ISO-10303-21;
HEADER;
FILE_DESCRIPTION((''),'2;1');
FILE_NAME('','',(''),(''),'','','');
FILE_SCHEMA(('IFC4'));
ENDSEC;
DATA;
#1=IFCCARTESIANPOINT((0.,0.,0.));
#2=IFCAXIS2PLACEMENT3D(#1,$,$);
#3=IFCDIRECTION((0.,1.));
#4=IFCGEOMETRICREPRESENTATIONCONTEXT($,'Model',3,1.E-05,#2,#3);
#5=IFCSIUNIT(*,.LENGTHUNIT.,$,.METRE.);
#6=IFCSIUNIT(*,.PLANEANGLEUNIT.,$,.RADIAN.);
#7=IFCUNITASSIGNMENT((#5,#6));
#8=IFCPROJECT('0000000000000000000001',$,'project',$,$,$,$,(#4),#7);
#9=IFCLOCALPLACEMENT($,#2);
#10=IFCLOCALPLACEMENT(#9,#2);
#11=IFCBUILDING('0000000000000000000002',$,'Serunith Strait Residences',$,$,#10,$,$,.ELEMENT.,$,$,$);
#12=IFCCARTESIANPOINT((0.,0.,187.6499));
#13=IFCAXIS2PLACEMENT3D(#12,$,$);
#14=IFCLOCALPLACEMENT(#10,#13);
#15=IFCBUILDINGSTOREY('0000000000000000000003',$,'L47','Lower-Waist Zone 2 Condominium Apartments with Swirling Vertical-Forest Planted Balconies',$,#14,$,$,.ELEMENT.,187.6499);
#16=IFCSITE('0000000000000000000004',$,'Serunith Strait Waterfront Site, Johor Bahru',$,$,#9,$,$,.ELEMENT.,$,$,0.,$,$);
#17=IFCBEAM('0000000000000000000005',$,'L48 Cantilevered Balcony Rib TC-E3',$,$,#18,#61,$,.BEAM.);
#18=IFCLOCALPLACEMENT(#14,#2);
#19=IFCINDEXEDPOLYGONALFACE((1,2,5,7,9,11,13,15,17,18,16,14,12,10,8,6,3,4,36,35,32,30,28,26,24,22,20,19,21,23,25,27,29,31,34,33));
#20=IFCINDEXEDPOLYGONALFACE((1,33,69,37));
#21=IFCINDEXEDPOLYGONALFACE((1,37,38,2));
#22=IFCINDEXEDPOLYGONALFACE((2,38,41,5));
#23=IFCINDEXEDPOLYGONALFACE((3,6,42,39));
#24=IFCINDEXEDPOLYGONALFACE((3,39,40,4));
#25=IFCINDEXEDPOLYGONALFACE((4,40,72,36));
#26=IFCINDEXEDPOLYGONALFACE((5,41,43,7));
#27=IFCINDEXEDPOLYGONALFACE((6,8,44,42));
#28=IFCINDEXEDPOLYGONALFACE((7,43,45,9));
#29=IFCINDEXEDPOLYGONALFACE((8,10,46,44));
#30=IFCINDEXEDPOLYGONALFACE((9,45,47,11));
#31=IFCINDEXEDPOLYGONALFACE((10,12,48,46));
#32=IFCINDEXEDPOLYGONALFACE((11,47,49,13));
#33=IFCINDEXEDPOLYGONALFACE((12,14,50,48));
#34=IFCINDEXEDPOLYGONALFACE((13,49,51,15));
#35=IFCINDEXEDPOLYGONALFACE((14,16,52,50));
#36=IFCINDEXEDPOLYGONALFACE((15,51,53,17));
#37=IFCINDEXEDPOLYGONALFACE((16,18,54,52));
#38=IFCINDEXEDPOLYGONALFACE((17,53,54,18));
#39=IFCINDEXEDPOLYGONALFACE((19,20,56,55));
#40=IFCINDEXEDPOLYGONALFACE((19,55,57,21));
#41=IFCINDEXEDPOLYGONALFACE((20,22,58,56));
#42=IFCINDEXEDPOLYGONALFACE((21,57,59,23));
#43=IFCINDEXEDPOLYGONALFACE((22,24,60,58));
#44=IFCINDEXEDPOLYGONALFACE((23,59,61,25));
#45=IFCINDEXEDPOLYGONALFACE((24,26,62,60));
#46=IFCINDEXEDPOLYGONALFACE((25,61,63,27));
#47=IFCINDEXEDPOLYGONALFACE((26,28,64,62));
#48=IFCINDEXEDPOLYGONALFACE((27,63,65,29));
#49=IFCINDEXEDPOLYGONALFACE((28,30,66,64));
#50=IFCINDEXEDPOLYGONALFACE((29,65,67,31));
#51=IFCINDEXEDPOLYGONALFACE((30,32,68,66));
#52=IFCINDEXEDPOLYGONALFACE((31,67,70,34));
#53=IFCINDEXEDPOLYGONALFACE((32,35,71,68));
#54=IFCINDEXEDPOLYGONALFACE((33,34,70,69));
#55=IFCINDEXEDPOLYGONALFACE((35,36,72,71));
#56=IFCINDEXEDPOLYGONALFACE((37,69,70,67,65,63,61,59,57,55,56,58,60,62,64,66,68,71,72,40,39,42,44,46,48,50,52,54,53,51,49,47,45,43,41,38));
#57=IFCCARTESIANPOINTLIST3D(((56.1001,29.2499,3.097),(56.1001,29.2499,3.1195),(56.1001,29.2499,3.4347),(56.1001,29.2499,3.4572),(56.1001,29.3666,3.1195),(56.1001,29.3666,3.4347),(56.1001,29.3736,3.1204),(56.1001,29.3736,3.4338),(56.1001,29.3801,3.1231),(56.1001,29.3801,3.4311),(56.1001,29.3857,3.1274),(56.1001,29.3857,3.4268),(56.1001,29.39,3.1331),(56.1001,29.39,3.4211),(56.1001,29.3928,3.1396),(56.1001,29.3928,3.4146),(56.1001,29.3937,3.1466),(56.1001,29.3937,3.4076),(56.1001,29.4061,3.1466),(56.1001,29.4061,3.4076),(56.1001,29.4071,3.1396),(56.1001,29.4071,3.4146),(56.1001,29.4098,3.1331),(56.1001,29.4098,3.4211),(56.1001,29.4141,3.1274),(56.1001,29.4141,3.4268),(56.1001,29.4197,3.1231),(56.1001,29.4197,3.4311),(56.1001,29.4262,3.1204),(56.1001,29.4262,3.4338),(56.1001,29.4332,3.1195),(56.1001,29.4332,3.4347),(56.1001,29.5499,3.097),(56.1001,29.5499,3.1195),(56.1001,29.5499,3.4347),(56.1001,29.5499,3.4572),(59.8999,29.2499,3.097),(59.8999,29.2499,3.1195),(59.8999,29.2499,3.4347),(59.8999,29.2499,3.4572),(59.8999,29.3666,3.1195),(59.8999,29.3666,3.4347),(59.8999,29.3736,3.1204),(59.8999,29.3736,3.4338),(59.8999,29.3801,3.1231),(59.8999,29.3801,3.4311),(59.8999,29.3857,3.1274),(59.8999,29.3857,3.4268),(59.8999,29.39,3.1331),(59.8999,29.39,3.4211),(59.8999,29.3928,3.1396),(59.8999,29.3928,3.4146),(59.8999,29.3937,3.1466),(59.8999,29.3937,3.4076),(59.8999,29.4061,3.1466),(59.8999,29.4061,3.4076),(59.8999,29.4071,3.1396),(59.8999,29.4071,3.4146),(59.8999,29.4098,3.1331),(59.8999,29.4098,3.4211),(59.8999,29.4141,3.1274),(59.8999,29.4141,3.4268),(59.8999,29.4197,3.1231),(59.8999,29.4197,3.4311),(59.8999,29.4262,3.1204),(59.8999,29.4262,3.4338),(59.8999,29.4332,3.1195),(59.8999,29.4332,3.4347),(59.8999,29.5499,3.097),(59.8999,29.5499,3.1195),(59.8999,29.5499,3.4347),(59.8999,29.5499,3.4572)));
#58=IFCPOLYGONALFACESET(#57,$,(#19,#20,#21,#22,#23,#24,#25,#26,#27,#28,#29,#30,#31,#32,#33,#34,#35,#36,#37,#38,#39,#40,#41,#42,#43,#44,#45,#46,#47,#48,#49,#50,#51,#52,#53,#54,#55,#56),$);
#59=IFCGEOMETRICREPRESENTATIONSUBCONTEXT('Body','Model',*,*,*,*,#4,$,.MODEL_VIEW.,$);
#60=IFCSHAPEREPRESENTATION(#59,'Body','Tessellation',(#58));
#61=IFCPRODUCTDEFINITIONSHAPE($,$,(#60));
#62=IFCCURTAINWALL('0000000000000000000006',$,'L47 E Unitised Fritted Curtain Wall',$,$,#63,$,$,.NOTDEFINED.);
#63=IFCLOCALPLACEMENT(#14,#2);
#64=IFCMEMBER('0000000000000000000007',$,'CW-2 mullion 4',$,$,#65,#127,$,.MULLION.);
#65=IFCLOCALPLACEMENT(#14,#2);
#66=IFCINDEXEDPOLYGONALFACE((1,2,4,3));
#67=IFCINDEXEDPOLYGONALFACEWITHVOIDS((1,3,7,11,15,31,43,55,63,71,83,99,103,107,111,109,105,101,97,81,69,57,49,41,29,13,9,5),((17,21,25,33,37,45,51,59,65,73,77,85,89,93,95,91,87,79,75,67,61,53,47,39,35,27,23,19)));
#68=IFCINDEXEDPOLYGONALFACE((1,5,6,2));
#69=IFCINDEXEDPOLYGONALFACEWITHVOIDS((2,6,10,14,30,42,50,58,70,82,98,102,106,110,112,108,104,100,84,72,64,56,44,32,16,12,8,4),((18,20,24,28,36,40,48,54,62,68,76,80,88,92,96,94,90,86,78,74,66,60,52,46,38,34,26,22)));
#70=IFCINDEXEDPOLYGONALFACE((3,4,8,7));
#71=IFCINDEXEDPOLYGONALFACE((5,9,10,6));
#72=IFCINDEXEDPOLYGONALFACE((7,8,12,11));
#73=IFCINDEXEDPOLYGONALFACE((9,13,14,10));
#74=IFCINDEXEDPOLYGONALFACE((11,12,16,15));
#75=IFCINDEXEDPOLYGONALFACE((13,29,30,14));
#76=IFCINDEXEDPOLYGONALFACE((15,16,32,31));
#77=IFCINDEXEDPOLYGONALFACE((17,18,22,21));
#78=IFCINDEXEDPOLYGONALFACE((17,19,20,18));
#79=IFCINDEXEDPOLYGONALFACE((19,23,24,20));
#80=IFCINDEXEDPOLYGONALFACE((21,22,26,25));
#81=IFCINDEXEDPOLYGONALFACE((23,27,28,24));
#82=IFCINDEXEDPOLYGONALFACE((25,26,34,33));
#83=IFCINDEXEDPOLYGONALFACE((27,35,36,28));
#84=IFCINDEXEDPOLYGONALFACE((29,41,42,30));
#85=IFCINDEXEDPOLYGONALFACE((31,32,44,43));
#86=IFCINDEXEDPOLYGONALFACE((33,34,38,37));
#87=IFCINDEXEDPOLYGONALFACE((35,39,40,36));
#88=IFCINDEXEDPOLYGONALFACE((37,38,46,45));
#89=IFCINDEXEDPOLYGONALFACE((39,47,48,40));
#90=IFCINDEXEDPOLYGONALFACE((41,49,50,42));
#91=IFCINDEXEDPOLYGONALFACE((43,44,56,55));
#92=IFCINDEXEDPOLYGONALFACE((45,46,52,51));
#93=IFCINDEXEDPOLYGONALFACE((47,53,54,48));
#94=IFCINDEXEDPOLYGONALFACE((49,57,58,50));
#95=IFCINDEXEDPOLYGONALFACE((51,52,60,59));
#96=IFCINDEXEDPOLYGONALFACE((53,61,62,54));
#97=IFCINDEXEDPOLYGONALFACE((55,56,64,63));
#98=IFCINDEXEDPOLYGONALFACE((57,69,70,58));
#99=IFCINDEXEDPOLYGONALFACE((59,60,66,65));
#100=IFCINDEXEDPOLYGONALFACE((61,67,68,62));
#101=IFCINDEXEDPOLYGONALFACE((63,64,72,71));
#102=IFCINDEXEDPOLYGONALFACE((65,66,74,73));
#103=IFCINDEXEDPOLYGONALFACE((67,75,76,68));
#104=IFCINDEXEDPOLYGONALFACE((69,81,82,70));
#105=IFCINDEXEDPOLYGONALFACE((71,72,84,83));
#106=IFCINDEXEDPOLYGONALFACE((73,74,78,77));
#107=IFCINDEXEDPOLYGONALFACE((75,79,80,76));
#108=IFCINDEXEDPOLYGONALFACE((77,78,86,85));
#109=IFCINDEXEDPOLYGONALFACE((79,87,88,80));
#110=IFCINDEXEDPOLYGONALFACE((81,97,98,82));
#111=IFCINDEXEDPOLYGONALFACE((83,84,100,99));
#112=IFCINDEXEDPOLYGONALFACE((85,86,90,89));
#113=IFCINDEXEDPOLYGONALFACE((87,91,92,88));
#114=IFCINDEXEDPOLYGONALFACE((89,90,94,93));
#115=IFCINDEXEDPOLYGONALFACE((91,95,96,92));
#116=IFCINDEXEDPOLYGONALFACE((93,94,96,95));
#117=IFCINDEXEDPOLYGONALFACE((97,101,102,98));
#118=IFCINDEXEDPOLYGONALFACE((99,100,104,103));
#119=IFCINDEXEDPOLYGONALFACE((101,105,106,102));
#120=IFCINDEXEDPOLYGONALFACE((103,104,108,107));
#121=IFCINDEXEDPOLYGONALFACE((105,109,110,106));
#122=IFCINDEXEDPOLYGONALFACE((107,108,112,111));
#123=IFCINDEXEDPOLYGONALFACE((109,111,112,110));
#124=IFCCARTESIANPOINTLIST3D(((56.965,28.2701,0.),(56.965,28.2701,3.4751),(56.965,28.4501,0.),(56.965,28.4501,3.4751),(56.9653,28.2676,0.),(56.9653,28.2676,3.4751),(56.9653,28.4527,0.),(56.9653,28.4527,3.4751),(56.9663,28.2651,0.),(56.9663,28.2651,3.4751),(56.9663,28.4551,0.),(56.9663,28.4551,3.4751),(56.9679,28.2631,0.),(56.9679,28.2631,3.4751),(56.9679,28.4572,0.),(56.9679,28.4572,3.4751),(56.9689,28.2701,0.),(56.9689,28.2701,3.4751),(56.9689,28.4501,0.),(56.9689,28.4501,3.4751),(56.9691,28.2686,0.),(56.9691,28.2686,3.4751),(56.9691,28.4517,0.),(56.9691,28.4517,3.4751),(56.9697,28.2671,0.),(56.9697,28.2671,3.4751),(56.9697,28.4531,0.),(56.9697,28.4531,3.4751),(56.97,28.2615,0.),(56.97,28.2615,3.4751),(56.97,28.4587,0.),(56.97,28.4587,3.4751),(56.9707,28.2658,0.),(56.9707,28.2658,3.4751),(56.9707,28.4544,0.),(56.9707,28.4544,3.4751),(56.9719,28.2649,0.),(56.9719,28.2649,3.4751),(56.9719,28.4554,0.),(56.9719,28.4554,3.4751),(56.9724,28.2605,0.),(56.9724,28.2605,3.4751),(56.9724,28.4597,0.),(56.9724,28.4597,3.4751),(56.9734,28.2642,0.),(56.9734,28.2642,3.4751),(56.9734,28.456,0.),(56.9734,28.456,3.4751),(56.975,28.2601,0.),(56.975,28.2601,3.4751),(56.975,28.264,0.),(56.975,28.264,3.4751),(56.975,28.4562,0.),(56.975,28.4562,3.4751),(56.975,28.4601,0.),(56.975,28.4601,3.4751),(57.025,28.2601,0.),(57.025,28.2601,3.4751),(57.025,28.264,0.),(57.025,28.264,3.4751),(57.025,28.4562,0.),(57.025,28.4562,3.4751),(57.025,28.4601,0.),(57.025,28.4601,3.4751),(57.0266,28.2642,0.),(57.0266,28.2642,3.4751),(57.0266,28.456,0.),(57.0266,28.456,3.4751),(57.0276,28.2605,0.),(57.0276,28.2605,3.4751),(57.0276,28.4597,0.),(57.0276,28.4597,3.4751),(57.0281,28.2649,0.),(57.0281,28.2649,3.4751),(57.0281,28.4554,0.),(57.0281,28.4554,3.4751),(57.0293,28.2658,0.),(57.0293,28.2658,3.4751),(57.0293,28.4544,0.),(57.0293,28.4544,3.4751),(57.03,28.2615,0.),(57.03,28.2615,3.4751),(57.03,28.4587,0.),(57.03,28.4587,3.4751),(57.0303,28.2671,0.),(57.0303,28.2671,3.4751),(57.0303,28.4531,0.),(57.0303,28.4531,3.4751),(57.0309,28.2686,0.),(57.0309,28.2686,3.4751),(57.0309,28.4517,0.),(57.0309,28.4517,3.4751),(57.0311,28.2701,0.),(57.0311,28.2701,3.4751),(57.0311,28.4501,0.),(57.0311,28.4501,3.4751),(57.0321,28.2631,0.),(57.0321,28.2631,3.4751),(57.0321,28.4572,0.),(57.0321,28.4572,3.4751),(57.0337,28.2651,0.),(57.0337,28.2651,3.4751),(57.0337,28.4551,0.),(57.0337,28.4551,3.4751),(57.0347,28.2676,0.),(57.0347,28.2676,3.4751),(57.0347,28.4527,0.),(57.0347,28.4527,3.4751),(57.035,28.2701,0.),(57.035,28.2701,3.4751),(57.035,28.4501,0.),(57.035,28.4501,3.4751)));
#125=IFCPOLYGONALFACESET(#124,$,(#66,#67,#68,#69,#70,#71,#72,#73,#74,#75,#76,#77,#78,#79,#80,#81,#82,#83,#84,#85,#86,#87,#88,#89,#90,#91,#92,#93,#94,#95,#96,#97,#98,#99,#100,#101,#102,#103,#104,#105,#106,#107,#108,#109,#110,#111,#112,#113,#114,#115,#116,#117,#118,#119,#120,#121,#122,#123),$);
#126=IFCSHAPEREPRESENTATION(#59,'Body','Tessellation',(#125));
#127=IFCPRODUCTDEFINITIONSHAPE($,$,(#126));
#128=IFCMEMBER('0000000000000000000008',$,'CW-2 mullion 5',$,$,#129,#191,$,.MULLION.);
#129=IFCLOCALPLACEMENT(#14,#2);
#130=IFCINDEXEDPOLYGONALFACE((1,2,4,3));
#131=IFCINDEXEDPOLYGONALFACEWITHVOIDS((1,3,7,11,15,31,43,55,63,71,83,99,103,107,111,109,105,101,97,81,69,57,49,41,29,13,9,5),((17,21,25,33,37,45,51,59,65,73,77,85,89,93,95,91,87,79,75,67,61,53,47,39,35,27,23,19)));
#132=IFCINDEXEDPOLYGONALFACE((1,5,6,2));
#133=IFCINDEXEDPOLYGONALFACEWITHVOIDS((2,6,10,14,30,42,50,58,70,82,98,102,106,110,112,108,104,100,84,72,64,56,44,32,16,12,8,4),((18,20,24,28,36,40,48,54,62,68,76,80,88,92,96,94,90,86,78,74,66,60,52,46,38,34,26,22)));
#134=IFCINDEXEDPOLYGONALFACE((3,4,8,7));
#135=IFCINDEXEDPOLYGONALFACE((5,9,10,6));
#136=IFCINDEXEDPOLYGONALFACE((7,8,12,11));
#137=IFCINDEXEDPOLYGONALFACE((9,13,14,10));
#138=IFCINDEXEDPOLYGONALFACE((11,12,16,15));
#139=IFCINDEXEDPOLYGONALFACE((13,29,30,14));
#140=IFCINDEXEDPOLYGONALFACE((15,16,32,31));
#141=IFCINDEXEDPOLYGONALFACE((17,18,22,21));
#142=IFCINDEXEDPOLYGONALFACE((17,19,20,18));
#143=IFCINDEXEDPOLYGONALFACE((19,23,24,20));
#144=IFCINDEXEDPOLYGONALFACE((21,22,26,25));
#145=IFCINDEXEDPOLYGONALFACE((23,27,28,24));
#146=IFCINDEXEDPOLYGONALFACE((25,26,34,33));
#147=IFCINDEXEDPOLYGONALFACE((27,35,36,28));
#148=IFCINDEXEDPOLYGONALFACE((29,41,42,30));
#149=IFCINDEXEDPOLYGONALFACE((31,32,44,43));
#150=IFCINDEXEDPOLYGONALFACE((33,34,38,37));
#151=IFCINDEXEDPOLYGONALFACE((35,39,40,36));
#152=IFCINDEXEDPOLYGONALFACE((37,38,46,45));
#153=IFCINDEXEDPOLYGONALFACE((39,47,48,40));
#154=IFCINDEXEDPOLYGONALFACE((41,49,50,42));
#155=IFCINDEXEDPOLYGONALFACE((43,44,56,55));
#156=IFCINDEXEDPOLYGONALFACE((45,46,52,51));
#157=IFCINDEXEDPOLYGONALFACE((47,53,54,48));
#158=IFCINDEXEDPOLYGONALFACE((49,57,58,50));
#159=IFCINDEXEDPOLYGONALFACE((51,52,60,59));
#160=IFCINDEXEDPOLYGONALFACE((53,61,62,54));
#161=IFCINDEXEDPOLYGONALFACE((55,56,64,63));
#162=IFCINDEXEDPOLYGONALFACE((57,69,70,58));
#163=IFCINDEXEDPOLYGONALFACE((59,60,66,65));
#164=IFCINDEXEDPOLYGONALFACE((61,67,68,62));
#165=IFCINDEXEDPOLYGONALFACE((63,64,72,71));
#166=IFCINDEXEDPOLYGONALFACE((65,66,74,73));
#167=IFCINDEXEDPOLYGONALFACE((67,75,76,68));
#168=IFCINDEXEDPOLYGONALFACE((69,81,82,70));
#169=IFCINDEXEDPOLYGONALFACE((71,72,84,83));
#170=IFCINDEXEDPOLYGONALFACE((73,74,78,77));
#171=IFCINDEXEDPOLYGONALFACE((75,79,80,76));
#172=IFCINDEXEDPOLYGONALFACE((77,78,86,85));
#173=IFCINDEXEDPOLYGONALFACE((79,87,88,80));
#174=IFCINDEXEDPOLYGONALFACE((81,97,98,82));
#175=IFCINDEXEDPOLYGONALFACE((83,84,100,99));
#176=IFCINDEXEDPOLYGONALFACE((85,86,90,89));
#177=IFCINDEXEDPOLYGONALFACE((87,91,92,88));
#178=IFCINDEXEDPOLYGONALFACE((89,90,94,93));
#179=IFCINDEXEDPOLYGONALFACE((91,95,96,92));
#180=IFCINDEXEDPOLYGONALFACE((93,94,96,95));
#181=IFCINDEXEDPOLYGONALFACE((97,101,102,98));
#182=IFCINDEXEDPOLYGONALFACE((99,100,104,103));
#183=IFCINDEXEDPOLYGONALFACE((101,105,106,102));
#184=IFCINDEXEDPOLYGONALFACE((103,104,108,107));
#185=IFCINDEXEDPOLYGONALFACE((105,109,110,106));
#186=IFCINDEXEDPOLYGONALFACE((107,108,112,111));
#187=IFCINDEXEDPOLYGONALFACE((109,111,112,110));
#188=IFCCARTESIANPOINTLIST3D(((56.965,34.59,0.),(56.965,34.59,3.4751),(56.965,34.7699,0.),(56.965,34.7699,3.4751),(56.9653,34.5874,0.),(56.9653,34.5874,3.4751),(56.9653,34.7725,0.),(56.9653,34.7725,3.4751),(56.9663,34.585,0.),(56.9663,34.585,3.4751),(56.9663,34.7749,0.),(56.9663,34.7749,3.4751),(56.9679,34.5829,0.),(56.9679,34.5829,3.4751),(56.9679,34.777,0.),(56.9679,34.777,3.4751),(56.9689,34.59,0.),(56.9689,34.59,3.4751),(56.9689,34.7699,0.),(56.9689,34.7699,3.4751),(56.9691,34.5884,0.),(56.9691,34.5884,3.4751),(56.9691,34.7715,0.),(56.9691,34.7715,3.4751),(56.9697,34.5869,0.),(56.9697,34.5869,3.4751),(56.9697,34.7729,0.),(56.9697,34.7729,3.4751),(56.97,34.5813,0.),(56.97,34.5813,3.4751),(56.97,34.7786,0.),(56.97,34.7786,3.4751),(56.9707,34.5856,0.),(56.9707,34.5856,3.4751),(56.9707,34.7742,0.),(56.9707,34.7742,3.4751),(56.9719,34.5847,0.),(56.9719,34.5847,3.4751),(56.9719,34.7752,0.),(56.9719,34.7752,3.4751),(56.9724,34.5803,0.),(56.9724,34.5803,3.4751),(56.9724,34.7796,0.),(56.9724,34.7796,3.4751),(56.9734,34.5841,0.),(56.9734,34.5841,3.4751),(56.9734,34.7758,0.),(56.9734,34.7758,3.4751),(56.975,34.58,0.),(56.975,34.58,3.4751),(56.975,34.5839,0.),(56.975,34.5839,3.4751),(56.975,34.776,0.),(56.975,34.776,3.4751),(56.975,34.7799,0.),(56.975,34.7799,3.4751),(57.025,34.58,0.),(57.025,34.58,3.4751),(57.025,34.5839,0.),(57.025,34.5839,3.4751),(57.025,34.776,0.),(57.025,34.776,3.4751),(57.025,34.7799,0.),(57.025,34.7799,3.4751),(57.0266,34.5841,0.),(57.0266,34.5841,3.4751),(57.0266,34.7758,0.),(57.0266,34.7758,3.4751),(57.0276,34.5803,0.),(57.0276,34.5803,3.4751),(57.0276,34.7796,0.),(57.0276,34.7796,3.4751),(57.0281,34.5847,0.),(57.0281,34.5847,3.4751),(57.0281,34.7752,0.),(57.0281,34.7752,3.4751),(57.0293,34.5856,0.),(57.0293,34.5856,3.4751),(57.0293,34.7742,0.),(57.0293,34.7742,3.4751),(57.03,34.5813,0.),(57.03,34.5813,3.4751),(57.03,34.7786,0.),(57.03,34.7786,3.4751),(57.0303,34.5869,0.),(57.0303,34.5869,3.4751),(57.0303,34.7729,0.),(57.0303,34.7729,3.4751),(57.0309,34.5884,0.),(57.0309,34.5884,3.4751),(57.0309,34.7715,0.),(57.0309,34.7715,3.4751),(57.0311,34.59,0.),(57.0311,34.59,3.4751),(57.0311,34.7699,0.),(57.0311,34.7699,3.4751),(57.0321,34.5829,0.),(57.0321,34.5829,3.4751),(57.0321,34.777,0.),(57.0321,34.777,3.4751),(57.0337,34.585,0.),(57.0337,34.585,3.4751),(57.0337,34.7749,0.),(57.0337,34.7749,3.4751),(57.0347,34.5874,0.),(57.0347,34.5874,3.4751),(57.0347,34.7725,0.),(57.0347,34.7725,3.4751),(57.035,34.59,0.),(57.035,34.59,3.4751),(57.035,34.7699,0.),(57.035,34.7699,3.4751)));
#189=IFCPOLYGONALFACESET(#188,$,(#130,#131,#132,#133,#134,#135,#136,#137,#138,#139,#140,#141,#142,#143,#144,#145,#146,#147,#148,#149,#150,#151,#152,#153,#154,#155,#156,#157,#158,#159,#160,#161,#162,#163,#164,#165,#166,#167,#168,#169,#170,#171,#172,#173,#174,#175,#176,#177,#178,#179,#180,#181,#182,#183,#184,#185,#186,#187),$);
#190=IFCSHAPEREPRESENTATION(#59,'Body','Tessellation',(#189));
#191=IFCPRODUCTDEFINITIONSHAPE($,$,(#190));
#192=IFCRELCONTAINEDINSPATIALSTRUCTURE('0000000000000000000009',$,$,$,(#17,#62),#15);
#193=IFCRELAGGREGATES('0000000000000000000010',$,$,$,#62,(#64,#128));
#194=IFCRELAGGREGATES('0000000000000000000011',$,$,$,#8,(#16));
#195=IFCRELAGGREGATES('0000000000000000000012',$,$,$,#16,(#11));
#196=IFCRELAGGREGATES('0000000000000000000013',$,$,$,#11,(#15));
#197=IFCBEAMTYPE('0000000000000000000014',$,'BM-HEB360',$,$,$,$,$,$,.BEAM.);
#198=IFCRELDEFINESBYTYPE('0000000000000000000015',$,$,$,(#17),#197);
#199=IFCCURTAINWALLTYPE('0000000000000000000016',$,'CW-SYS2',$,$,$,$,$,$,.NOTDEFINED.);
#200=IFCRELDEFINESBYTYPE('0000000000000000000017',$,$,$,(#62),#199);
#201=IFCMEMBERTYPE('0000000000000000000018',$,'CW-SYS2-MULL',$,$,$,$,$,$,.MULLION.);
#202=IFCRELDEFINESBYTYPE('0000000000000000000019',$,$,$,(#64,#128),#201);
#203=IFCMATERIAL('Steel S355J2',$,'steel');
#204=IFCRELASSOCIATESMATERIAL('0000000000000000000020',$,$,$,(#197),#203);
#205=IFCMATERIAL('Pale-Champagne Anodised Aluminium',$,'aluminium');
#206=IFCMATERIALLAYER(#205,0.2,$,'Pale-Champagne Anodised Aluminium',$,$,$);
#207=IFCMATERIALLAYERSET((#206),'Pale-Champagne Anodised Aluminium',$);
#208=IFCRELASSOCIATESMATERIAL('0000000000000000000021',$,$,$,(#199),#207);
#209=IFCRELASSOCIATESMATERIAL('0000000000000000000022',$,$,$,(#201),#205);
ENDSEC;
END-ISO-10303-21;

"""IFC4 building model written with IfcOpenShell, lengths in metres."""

from ifc_helpers import new_model, si_unit, direction, frame, origin, origin_2d, place, context, subcontext, project, spatial, hollow_rectangle, i_section, extrude, source, transform, mapped, material, layer, layer_set, material_profile, profile_set, type_object, element, aggregate, save


model = new_model("IFC4")

# Units and contexts
model_context = context("Model", 3, precision=1e-05, world=origin(), true_north=direction((0.0, 1.0)))
body_context = subcontext(model_context, "Body", "Model", "MODEL_VIEW")
ifc_project = project(units=[si_unit("LENGTHUNIT", "METRE"), si_unit("PLANEANGLEUNIT", "RADIAN")], contexts=[model_context])

# Site, building, storey
site_placement = place(None, origin())
site = spatial("IfcSite", under=ifc_project, at=site_placement, Name="Serunith Strait Waterfront Site, Johor Bahru", CompositionType="ELEMENT", RefElevation=0.0)
building_placement = place(site_placement, origin())
building = spatial("IfcBuilding", under=site, at=building_placement, Name="Serunith Strait Residences", CompositionType="ELEMENT")
storey_placement = place(building_placement, frame((0.0, 0.0, 187.6499)))
storey = spatial("IfcBuildingStorey", under=building, at=storey_placement, Name="L47", Description="Lower-Waist Zone 2 Condominium Apartments with Swirling Vertical-Forest Planted Balconies", CompositionType="ELEMENT", Elevation=187.6499)

# Beam
ifc_material_1 = material(Name="Steel S355J2", Category="steel")
ifc_material_profile_1 = material_profile(ifc_material_1, i_section(OverallWidth=0.3, OverallDepth=0.3601, WebThickness=0.0125, FlangeThickness=0.0225, FilletRadius=0.0271, at=origin_2d()), Name="HEB 360")
ifc_profile_set_1 = profile_set([ifc_material_profile_1], Name="Steel S355J2")
beam_type_1 = type_object("IfcBeamType", Name="BM-HEB360", PredefinedType="BEAM", material=ifc_profile_set_1)
shared_shape_1 = source(origin(), body_context, "Body", "SweptSolid", [
    extrude(i_section(OverallWidth=0.3, OverallDepth=0.3601, WebThickness=0.0125, FlangeThickness=0.0225, FilletRadius=0.0271, at=origin_2d()), origin(), (0.0, 0.0, 1.0), 3.7998),
])
beam_1_placement = place(storey_placement, frame((56.1001, 29.3999, 3.2771), z_axis=(1.0, 0.0, 0.0), x_axis=(0.0, 1.0, 0.0)))
element("IfcBeam", 1, at=beam_1_placement, inside=storey, type_object=beam_type_1, Name="L48 Cantilevered Balcony Rib TC-E3", PredefinedType="BEAM", context=body_context, shape_type="MappedRepresentation", body=[
    mapped(shared_shape_1, transform((0.0, 0.0, 0.0), scale=1.0)),
])

# Curtain wall, members
ifc_material_2 = material(Name="Pale-Champagne Anodised Aluminium", Category="aluminium")
ifc_layer_1 = layer(ifc_material_2, 0.2, Name="Pale-Champagne Anodised Aluminium")
ifc_layer_set_1 = layer_set([ifc_layer_1], Name="Pale-Champagne Anodised Aluminium")
curtain_wall_type = type_object("IfcCurtainWallType", Name="CW-SYS2", PredefinedType="NOTDEFINED", material=ifc_layer_set_1)
curtain_wall_placement = place(storey_placement, origin())
curtain_wall = element("IfcCurtainWall", 2, at=curtain_wall_placement, inside=storey, type_object=curtain_wall_type, Name="L47 E Unitised Fritted Curtain Wall", PredefinedType="NOTDEFINED")
ifc_material_profile_2 = material_profile(ifc_material_2, hollow_rectangle(XDim=0.0701, YDim=0.2, WallThickness=0.0039, InnerFilletRadius=0.0061, OuterFilletRadius=0.01, at=origin_2d()), Name="ALU 200x70x4")
ifc_profile_set_2 = profile_set([ifc_material_profile_2], Name="Pale-Champagne Anodised Aluminium")
member_type_1 = type_object("IfcMemberType", Name="CW-SYS2-MULL", PredefinedType="MULLION", material=ifc_profile_set_2)
shared_shape_2 = source(origin(), body_context, "Body", "SweptSolid", [
    extrude(hollow_rectangle(XDim=0.0701, YDim=0.2, WallThickness=0.0039, InnerFilletRadius=0.0061, OuterFilletRadius=0.01, at=origin_2d()), origin(), (0.0, 0.0, 1.0), 3.4751),
])
member_1_placement = place(storey_placement, frame((57.0, 28.3601, 0.0), z_axis=(0.0, 0.0, 1.0), x_axis=(-1.0, 0.0, 0.0)))
member_1 = element("IfcMember", 3, at=member_1_placement, type_object=member_type_1, Name="CW-2 mullion 4", PredefinedType="MULLION", context=body_context, shape_type="MappedRepresentation", body=[
    mapped(shared_shape_2, transform((0.0, 0.0, 0.0), scale=1.0)),
])
member_2_placement = place(storey_placement, frame((57.0, 34.6799, 0.0), z_axis=(0.0, 0.0, 1.0), x_axis=(-1.0, 0.0, 0.0)))
member_2 = element("IfcMember", 4, at=member_2_placement, type_object=member_type_1, Name="CW-2 mullion 5", PredefinedType="MULLION", context=body_context, shape_type="MappedRepresentation", body=[
    mapped(shared_shape_2, transform((0.0, 0.0, 0.0), scale=1.0)),
])
aggregate(curtain_wall, [member_1, member_2])

save(model, "model.ifc")
